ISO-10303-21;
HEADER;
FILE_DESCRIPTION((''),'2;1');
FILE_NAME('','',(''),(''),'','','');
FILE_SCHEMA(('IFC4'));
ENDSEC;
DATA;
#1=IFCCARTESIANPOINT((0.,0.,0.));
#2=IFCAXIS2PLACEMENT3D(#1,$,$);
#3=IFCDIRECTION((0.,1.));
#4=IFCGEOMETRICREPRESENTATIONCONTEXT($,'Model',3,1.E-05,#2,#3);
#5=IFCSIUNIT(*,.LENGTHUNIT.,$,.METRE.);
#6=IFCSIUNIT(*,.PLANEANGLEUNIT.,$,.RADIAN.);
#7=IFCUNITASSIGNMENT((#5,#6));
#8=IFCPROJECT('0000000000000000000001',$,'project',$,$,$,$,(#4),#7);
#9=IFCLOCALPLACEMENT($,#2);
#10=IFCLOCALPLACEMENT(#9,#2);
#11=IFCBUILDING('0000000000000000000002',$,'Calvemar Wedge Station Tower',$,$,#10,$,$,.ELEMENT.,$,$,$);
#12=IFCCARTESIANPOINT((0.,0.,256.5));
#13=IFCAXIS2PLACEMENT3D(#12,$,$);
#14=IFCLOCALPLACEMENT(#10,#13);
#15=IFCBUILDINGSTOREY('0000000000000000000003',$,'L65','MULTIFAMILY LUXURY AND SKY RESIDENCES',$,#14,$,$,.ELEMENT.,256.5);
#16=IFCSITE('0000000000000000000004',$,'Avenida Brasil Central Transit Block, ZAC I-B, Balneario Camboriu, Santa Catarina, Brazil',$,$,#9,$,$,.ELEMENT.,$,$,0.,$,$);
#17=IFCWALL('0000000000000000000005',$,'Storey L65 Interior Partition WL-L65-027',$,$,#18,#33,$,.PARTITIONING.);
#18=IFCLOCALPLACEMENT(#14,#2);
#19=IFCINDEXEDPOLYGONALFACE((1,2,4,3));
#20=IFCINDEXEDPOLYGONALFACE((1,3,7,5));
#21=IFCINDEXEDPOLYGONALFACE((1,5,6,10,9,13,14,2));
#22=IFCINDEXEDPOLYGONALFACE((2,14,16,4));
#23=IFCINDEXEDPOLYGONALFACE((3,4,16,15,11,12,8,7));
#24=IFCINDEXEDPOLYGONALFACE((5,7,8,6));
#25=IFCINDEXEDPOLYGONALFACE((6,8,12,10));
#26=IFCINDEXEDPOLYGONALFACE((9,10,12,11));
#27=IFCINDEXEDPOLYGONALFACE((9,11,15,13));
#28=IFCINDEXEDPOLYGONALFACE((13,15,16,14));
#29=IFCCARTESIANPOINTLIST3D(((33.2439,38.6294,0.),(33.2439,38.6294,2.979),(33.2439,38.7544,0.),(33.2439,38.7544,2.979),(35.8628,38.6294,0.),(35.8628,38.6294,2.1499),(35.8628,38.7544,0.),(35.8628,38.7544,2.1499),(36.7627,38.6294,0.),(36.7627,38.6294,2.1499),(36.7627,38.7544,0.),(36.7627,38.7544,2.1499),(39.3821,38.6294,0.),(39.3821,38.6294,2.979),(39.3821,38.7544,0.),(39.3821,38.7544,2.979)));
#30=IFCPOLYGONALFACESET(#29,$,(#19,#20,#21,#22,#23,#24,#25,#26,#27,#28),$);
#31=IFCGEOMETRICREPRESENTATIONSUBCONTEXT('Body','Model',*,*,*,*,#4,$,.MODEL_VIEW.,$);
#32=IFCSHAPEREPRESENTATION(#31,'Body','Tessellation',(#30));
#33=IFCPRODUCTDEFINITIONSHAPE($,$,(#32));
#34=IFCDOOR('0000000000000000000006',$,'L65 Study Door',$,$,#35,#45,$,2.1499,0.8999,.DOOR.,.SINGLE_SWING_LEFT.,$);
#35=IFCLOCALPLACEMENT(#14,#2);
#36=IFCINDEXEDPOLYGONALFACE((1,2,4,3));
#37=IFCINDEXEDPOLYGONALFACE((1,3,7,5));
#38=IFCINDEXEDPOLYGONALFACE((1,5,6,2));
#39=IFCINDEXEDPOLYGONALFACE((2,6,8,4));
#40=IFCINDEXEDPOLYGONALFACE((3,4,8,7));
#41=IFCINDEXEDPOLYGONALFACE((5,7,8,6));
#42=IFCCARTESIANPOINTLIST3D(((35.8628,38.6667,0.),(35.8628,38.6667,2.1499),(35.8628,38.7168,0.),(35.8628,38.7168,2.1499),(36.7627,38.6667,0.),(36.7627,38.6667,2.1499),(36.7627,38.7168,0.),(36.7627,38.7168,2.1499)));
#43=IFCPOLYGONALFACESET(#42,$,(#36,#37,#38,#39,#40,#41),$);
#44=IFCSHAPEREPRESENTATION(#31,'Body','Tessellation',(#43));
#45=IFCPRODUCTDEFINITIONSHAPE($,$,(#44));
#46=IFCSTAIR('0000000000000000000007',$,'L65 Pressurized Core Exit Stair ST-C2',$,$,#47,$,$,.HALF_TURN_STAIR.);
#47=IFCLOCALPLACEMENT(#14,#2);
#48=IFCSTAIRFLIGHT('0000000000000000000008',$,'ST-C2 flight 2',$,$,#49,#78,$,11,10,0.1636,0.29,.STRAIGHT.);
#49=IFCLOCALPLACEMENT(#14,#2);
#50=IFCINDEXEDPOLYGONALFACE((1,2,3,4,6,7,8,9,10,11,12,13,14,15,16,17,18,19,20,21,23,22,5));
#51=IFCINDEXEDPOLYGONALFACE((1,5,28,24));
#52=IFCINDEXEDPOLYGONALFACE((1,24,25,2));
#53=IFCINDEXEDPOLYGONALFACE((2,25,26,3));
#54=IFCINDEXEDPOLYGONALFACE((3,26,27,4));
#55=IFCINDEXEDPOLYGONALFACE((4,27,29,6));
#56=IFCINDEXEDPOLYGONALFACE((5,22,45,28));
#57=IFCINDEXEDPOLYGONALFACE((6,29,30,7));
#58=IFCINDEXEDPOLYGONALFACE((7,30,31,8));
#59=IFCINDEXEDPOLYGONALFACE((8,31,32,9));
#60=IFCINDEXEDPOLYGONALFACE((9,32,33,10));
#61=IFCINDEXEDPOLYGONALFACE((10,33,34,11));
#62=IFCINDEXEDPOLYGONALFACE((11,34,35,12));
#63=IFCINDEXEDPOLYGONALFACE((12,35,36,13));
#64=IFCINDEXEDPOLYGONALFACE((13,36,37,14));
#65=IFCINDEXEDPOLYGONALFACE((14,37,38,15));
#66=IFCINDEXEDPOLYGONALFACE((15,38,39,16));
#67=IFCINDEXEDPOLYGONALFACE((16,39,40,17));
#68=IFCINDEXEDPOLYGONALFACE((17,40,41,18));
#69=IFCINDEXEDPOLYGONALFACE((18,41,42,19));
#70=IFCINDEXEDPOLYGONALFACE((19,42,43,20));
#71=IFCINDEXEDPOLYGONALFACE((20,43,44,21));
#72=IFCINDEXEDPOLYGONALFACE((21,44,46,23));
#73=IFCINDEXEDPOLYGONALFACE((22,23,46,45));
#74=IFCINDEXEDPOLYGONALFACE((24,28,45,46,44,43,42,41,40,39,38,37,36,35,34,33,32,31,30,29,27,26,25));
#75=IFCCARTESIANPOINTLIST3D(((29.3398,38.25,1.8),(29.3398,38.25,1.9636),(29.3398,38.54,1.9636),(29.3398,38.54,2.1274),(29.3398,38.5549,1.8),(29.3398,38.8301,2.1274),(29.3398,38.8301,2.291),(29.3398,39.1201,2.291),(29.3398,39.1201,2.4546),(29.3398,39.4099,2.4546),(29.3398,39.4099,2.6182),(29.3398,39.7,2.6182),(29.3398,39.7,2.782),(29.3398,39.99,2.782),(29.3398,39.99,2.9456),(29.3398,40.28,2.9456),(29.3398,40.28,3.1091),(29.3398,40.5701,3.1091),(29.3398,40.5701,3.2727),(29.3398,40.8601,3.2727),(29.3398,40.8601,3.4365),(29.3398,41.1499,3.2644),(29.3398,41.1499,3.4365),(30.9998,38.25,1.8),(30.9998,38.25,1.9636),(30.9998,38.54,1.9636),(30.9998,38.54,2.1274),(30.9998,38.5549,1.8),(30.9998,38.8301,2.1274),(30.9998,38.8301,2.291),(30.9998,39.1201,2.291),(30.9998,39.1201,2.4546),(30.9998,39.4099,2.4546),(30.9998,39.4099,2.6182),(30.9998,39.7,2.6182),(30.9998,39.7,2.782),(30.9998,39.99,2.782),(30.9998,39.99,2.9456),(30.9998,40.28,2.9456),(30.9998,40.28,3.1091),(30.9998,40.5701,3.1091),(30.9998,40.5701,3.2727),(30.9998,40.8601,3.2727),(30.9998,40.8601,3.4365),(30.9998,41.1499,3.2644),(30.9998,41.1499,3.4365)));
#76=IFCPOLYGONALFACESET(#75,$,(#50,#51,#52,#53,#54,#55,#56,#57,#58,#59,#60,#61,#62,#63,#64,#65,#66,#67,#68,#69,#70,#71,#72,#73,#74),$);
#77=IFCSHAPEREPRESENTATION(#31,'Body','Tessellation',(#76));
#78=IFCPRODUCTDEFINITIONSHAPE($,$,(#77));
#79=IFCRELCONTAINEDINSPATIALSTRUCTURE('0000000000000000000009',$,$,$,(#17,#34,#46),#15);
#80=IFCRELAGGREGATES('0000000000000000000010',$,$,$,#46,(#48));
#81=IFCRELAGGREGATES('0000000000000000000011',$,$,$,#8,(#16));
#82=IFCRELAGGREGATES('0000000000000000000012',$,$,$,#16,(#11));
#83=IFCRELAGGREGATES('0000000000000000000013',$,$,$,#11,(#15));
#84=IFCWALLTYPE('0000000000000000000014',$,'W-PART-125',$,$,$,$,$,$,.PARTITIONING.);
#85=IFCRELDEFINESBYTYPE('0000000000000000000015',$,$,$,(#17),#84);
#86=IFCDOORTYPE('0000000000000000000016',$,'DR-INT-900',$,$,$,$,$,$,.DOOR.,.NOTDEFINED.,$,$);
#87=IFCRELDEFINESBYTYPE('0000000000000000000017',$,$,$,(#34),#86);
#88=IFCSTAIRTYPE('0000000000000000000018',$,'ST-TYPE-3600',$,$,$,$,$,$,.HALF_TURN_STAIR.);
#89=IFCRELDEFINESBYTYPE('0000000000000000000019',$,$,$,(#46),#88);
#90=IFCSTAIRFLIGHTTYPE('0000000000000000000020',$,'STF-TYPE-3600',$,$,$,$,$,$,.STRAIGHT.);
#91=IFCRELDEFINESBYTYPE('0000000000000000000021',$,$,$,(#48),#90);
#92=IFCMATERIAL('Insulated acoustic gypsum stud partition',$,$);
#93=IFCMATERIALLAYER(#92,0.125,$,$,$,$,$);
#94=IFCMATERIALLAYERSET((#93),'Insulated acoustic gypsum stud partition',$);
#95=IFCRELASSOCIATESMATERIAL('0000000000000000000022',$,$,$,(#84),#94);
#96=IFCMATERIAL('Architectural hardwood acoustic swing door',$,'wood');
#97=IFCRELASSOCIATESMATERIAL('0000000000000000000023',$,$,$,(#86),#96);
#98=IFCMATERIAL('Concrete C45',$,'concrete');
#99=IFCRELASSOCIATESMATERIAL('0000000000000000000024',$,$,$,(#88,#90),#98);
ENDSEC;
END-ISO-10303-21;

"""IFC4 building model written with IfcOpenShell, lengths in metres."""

from ifc_helpers import new_model, si_unit, direction, frame, frame_2d, origin, place, context, subcontext, project, spatial, polyline, rectangle, outline, extrude, source, transform, mapped, material, layer, layer_set, type_object, element, fill, aggregate, save


model = new_model("IFC4")

# Units and contexts
model_context = context("Model", 3, precision=1e-05, world=origin(), true_north=direction((0.0, 1.0)))
body_context = subcontext(model_context, "Body", "Model", "MODEL_VIEW")
ifc_project = project(units=[si_unit("LENGTHUNIT", "METRE"), si_unit("PLANEANGLEUNIT", "RADIAN")], contexts=[model_context])

# Site, building, storey
site_placement = place(None, origin())
site = spatial("IfcSite", under=ifc_project, at=site_placement, Name="Avenida Brasil Central Transit Block, ZAC I-B, Balneario Camboriu, Santa Catarina, Brazil", CompositionType="ELEMENT", RefElevation=0.0)
building_placement = place(site_placement, origin())
building = spatial("IfcBuilding", under=site, at=building_placement, Name="Calvemar Wedge Station Tower", CompositionType="ELEMENT")
storey_placement = place(building_placement, frame((0.0, 0.0, 256.5)))
storey = spatial("IfcBuildingStorey", under=building, at=storey_placement, Name="L65", Description="MULTIFAMILY LUXURY AND SKY RESIDENCES", CompositionType="ELEMENT", Elevation=256.5)

# Wall, opening, door
ifc_material_1 = material(Name="Insulated acoustic gypsum stud partition")
ifc_layer_1 = layer(ifc_material_1, 0.125)
ifc_layer_set_1 = layer_set([ifc_layer_1], Name="Insulated acoustic gypsum stud partition")
wall_type_1 = type_object("IfcWallType", Name="W-PART-125", PredefinedType="PARTITIONING", material=ifc_layer_set_1)
wall_1_placement = place(storey_placement, frame((33.2439, 38.6919, 0.0), z_axis=(0.0, 0.0, 1.0), x_axis=(1.0, 0.0, 0.0)))
wall_1 = element("IfcWall", 1, at=wall_1_placement, inside=storey, type_object=wall_type_1, Name="Storey L65 Interior Partition WL-L65-027", PredefinedType="PARTITIONING", context=body_context, shape_type="SweptSolid", body=[
    extrude(rectangle(XDim=6.1382, YDim=0.125, at=frame_2d((3.0691, 0.0))), origin(), (0.0, 0.0, 1.0), 2.979),
])
shared_shape_1 = source(origin(), body_context, "Body", "SweptSolid", [
    extrude(rectangle(XDim=0.8999, YDim=2.1499, at=frame_2d((0.45, 1.075))), frame((0.0, 0.0725, 0.0), z_axis=(0.0, -1.0, 0.0), x_axis=(1.0, 0.0, 0.0)), (0.0, 0.0, 1.0), 0.145),
])
opening_1_placement = place(wall_1_placement, frame((2.6189, 0.0, 0.0)))
opening_1 = element("IfcOpeningElement", 2, at=opening_1_placement, cuts=wall_1, PredefinedType="OPENING", context=body_context, shape_type="MappedRepresentation", body=[
    mapped(shared_shape_1, transform((0.0, 0.0, 0.0), scale=1.0)),
])
ifc_material_2 = material(Name="Architectural hardwood acoustic swing door", Category="wood")
door_type_1 = type_object("IfcDoorType", Name="DR-INT-900", OperationType="NOTDEFINED", PredefinedType="DOOR", material=ifc_material_2)
shared_shape_2 = source(origin(), body_context, "Body", "SweptSolid", [
    extrude(rectangle(XDim=0.8999, YDim=2.1499, at=frame_2d((0.45, 1.075))), frame((0.0, 0.0249, 0.0), z_axis=(0.0, -1.0, 0.0), x_axis=(1.0, 0.0, 0.0)), (0.0, 0.0, 1.0), 0.05),
])
door_1_placement = place(opening_1_placement, origin())
door_1 = element("IfcDoor", 3, at=door_1_placement, inside=storey, type_object=door_type_1, Name="L65 Study Door", OperationType="SINGLE_SWING_LEFT", OverallHeight=2.1499, OverallWidth=0.8999, PredefinedType="DOOR", context=body_context, shape_type="MappedRepresentation", body=[
    mapped(shared_shape_2, transform((0.0, 0.0, 0.0), scale=1.0)),
])
fill(opening_1, door_1)

# Stair, stair flight
ifc_material_3 = material(Name="Concrete C45", Category="concrete")
stair_type = type_object("IfcStairType", Name="ST-TYPE-3600", PredefinedType="HALF_TURN_STAIR", material=ifc_material_3)
stair_placement = place(storey_placement, origin())
stair = element("IfcStair", 4, at=stair_placement, inside=storey, type_object=stair_type, Name="L65 Pressurized Core Exit Stair ST-C2", PredefinedType="HALF_TURN_STAIR")
stair_flight_type = type_object("IfcStairFlightType", Name="STF-TYPE-3600", PredefinedType="STRAIGHT", material=ifc_material_3)
stair_flight_placement = place(storey_placement, frame((30.1699, 38.25, 1.8), z_axis=(0.0, 0.0, 1.0), x_axis=(0.0, 1.0, 0.0)))
stair_flight = element("IfcStairFlight", 5, at=stair_flight_placement, type_object=stair_flight_type, Name="ST-C2 flight 2", NumberOfRisers=11, NumberOfTreads=10, PredefinedType="STRAIGHT", RiserHeight=0.1636, TreadLength=0.29, context=body_context, shape_type="SweptSolid", body=[
    extrude(outline(polyline([(0.0, 0.0), (0.0, 0.1636), (0.29, 0.1636), (0.29, 0.3274), (0.5801, 0.3274), (0.5801, 0.491), (0.8701, 0.491), (0.8701, 0.6545), (1.1599, 0.6545), (1.1599, 0.8181), (1.45, 0.8181), (1.45, 0.9819), (1.74, 0.9819), (1.74, 1.1455), (2.03, 1.1455), (2.03, 1.3091), (2.3201, 1.3091), (2.3201, 1.4727), (2.6101, 1.4727), (2.6101, 1.6365), (2.8999, 1.6365), (2.8999, 1.8), (2.8999, 1.4644), (0.3049, 0.0), (0.0, 0.0)])), frame((0.0, 0.8301, 0.0), z_axis=(0.0, -1.0, 0.0), x_axis=(1.0, 0.0, 0.0)), (0.0, 0.0, 1.0), 1.6599),
])
aggregate(stair, [stair_flight])

save(model, "model.ifc")
